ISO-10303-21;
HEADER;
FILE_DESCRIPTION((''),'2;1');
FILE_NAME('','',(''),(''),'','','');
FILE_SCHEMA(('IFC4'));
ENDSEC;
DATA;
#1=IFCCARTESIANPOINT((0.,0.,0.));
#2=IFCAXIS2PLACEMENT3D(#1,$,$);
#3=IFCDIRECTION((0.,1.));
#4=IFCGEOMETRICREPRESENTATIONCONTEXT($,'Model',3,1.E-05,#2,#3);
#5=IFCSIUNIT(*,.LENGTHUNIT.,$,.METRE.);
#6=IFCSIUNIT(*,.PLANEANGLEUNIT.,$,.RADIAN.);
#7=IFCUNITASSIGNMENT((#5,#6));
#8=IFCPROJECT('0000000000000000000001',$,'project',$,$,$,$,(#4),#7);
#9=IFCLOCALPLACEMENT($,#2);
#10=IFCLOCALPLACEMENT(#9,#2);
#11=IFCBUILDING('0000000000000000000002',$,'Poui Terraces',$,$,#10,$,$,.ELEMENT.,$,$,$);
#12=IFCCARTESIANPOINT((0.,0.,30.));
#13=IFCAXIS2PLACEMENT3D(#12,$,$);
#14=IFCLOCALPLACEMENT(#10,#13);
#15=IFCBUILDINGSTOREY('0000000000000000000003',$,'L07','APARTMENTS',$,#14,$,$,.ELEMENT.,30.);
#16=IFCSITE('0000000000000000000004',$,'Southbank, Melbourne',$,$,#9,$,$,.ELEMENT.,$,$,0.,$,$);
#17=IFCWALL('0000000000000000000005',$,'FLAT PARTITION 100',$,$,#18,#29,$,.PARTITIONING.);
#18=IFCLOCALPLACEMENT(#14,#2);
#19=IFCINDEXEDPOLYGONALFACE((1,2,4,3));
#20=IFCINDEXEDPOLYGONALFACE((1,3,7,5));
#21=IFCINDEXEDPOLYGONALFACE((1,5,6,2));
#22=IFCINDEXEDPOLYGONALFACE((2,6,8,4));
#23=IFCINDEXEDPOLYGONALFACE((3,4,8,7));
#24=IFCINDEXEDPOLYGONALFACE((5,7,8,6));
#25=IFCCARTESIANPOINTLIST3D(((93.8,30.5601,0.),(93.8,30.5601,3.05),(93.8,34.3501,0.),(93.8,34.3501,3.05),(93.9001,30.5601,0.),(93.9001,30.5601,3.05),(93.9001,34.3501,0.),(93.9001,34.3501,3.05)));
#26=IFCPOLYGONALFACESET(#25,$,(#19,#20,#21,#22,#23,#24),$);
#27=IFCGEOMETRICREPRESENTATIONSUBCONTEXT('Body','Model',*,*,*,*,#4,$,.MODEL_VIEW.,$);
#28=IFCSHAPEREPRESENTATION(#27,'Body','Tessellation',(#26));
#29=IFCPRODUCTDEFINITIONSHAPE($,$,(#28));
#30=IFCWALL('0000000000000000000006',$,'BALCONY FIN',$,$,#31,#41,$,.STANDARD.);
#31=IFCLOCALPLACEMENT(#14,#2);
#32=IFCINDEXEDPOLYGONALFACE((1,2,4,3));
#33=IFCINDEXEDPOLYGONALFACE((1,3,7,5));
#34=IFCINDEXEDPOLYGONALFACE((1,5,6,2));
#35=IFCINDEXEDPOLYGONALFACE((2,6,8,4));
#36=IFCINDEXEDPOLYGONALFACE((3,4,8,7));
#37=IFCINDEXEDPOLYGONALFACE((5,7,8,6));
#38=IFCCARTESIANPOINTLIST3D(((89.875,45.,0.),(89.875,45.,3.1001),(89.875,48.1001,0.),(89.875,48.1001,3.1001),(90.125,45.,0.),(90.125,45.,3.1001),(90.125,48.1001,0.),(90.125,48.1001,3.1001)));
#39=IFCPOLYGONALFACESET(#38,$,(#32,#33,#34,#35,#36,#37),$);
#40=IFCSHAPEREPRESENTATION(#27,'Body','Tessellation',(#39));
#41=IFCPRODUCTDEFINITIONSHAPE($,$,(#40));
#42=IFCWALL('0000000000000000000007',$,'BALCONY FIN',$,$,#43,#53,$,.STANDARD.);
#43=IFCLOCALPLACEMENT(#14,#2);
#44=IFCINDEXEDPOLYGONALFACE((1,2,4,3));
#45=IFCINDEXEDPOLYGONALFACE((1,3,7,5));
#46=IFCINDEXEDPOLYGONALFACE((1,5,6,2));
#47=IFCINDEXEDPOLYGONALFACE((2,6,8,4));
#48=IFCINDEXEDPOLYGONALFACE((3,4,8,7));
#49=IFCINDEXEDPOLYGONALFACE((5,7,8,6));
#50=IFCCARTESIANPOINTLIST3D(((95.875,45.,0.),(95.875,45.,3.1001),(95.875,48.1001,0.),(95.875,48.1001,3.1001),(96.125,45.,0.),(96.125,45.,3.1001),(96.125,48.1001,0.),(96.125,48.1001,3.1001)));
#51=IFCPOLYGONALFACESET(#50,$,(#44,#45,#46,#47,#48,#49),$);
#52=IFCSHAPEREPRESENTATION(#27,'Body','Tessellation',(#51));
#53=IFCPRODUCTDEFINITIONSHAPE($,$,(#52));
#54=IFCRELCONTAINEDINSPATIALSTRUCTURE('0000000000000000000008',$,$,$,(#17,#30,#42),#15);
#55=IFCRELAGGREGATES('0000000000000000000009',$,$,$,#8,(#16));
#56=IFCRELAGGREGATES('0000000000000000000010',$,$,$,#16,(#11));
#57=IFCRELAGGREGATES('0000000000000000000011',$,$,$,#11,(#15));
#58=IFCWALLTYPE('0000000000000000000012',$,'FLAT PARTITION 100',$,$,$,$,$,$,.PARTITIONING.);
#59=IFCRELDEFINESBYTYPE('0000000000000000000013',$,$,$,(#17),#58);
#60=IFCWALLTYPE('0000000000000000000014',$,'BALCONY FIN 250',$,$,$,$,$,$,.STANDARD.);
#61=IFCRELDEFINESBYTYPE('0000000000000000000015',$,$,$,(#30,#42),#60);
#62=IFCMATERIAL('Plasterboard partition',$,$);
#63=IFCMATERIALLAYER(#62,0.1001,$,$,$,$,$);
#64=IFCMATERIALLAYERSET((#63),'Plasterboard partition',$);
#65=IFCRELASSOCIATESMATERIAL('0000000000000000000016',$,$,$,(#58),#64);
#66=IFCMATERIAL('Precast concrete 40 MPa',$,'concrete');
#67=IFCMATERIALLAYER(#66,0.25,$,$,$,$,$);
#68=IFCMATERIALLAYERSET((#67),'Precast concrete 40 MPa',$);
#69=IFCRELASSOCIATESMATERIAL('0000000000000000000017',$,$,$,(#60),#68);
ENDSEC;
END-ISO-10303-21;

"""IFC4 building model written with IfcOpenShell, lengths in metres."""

from ifc_helpers import new_model, si_unit, direction, frame, frame_2d, origin, place, context, subcontext, project, spatial, polyline, rectangle, outline, extrude, source, transform, mapped, material, layer, layer_set, type_object, element, save


model = new_model("IFC4")

# Units and contexts
model_context = context("Model", 3, precision=1e-05, world=origin(), true_north=direction((0.0, 1.0)))
body_context = subcontext(model_context, "Body", "Model", "MODEL_VIEW")
ifc_project = project(units=[si_unit("LENGTHUNIT", "METRE"), si_unit("PLANEANGLEUNIT", "RADIAN")], contexts=[model_context])

# Site, building, storey
site_placement = place(None, origin())
site = spatial("IfcSite", under=ifc_project, at=site_placement, Name="Southbank, Melbourne", CompositionType="ELEMENT", RefElevation=0.0)
building_placement = place(site_placement, origin())
building = spatial("IfcBuilding", under=site, at=building_placement, Name="Poui Terraces", CompositionType="ELEMENT")
storey_placement = place(building_placement, frame((0.0, 0.0, 30.0)))
storey = spatial("IfcBuildingStorey", under=building, at=storey_placement, Name="L07", Description="APARTMENTS", CompositionType="ELEMENT", Elevation=30.0)

# Shared definitions
ifc_material_1 = material(Name="Plasterboard partition")
ifc_layer_1 = layer(ifc_material_1, 0.1001)
ifc_layer_set_1 = layer_set([ifc_layer_1], Name="Plasterboard partition")
wall_type_1 = type_object("IfcWallType", Name="FLAT PARTITION 100", PredefinedType="PARTITIONING", material=ifc_layer_set_1)

# Walls
wall_1_placement = place(storey_placement, frame((93.8501, 30.5601, 0.0), z_axis=(0.0, 0.0, 1.0), x_axis=(0.0, 1.0, 0.0)))
element("IfcWall", 1, at=wall_1_placement, inside=storey, type_object=wall_type_1, Name="FLAT PARTITION 100", PredefinedType="PARTITIONING", context=body_context, shape_type="SweptSolid", body=[
    extrude(rectangle(XDim=3.79, YDim=0.1001, at=frame_2d((1.895, 0.0))), origin(), (0.0, 0.0, 1.0), 3.05),
])
ifc_material_2 = material(Name="Precast concrete 40 MPa", Category="concrete")
ifc_layer_2 = layer(ifc_material_2, 0.25)
ifc_layer_set_2 = layer_set([ifc_layer_2], Name="Precast concrete 40 MPa")
wall_type_2 = type_object("IfcWallType", Name="BALCONY FIN 250", PredefinedType="STANDARD", material=ifc_layer_set_2)
shared_shape_1 = source(origin(), body_context, "Body", "SweptSolid", [
    extrude(outline(polyline([(0.0, 0.0), (0.25, 0.0), (0.25, 3.1001), (0.0, 3.1001), (0.0, 0.0)])), origin(), (0.0, 0.0, 1.0), 3.1001),
])
for number, where, name in (
    (2, (89.875, 45.0, 0.0), "BALCONY FIN"),
    (3, (95.875, 45.0, 0.0), "BALCONY FIN"),
):
    element("IfcWall", number, at=place(storey_placement, frame(where)), inside=storey, type_object=wall_type_2, Name=name, PredefinedType="STANDARD", context=body_context, shape_type="MappedRepresentation", body=[
        mapped(shared_shape_1, transform((0.0, 0.0, 0.0))),
    ])

save(model, "model.ifc")
